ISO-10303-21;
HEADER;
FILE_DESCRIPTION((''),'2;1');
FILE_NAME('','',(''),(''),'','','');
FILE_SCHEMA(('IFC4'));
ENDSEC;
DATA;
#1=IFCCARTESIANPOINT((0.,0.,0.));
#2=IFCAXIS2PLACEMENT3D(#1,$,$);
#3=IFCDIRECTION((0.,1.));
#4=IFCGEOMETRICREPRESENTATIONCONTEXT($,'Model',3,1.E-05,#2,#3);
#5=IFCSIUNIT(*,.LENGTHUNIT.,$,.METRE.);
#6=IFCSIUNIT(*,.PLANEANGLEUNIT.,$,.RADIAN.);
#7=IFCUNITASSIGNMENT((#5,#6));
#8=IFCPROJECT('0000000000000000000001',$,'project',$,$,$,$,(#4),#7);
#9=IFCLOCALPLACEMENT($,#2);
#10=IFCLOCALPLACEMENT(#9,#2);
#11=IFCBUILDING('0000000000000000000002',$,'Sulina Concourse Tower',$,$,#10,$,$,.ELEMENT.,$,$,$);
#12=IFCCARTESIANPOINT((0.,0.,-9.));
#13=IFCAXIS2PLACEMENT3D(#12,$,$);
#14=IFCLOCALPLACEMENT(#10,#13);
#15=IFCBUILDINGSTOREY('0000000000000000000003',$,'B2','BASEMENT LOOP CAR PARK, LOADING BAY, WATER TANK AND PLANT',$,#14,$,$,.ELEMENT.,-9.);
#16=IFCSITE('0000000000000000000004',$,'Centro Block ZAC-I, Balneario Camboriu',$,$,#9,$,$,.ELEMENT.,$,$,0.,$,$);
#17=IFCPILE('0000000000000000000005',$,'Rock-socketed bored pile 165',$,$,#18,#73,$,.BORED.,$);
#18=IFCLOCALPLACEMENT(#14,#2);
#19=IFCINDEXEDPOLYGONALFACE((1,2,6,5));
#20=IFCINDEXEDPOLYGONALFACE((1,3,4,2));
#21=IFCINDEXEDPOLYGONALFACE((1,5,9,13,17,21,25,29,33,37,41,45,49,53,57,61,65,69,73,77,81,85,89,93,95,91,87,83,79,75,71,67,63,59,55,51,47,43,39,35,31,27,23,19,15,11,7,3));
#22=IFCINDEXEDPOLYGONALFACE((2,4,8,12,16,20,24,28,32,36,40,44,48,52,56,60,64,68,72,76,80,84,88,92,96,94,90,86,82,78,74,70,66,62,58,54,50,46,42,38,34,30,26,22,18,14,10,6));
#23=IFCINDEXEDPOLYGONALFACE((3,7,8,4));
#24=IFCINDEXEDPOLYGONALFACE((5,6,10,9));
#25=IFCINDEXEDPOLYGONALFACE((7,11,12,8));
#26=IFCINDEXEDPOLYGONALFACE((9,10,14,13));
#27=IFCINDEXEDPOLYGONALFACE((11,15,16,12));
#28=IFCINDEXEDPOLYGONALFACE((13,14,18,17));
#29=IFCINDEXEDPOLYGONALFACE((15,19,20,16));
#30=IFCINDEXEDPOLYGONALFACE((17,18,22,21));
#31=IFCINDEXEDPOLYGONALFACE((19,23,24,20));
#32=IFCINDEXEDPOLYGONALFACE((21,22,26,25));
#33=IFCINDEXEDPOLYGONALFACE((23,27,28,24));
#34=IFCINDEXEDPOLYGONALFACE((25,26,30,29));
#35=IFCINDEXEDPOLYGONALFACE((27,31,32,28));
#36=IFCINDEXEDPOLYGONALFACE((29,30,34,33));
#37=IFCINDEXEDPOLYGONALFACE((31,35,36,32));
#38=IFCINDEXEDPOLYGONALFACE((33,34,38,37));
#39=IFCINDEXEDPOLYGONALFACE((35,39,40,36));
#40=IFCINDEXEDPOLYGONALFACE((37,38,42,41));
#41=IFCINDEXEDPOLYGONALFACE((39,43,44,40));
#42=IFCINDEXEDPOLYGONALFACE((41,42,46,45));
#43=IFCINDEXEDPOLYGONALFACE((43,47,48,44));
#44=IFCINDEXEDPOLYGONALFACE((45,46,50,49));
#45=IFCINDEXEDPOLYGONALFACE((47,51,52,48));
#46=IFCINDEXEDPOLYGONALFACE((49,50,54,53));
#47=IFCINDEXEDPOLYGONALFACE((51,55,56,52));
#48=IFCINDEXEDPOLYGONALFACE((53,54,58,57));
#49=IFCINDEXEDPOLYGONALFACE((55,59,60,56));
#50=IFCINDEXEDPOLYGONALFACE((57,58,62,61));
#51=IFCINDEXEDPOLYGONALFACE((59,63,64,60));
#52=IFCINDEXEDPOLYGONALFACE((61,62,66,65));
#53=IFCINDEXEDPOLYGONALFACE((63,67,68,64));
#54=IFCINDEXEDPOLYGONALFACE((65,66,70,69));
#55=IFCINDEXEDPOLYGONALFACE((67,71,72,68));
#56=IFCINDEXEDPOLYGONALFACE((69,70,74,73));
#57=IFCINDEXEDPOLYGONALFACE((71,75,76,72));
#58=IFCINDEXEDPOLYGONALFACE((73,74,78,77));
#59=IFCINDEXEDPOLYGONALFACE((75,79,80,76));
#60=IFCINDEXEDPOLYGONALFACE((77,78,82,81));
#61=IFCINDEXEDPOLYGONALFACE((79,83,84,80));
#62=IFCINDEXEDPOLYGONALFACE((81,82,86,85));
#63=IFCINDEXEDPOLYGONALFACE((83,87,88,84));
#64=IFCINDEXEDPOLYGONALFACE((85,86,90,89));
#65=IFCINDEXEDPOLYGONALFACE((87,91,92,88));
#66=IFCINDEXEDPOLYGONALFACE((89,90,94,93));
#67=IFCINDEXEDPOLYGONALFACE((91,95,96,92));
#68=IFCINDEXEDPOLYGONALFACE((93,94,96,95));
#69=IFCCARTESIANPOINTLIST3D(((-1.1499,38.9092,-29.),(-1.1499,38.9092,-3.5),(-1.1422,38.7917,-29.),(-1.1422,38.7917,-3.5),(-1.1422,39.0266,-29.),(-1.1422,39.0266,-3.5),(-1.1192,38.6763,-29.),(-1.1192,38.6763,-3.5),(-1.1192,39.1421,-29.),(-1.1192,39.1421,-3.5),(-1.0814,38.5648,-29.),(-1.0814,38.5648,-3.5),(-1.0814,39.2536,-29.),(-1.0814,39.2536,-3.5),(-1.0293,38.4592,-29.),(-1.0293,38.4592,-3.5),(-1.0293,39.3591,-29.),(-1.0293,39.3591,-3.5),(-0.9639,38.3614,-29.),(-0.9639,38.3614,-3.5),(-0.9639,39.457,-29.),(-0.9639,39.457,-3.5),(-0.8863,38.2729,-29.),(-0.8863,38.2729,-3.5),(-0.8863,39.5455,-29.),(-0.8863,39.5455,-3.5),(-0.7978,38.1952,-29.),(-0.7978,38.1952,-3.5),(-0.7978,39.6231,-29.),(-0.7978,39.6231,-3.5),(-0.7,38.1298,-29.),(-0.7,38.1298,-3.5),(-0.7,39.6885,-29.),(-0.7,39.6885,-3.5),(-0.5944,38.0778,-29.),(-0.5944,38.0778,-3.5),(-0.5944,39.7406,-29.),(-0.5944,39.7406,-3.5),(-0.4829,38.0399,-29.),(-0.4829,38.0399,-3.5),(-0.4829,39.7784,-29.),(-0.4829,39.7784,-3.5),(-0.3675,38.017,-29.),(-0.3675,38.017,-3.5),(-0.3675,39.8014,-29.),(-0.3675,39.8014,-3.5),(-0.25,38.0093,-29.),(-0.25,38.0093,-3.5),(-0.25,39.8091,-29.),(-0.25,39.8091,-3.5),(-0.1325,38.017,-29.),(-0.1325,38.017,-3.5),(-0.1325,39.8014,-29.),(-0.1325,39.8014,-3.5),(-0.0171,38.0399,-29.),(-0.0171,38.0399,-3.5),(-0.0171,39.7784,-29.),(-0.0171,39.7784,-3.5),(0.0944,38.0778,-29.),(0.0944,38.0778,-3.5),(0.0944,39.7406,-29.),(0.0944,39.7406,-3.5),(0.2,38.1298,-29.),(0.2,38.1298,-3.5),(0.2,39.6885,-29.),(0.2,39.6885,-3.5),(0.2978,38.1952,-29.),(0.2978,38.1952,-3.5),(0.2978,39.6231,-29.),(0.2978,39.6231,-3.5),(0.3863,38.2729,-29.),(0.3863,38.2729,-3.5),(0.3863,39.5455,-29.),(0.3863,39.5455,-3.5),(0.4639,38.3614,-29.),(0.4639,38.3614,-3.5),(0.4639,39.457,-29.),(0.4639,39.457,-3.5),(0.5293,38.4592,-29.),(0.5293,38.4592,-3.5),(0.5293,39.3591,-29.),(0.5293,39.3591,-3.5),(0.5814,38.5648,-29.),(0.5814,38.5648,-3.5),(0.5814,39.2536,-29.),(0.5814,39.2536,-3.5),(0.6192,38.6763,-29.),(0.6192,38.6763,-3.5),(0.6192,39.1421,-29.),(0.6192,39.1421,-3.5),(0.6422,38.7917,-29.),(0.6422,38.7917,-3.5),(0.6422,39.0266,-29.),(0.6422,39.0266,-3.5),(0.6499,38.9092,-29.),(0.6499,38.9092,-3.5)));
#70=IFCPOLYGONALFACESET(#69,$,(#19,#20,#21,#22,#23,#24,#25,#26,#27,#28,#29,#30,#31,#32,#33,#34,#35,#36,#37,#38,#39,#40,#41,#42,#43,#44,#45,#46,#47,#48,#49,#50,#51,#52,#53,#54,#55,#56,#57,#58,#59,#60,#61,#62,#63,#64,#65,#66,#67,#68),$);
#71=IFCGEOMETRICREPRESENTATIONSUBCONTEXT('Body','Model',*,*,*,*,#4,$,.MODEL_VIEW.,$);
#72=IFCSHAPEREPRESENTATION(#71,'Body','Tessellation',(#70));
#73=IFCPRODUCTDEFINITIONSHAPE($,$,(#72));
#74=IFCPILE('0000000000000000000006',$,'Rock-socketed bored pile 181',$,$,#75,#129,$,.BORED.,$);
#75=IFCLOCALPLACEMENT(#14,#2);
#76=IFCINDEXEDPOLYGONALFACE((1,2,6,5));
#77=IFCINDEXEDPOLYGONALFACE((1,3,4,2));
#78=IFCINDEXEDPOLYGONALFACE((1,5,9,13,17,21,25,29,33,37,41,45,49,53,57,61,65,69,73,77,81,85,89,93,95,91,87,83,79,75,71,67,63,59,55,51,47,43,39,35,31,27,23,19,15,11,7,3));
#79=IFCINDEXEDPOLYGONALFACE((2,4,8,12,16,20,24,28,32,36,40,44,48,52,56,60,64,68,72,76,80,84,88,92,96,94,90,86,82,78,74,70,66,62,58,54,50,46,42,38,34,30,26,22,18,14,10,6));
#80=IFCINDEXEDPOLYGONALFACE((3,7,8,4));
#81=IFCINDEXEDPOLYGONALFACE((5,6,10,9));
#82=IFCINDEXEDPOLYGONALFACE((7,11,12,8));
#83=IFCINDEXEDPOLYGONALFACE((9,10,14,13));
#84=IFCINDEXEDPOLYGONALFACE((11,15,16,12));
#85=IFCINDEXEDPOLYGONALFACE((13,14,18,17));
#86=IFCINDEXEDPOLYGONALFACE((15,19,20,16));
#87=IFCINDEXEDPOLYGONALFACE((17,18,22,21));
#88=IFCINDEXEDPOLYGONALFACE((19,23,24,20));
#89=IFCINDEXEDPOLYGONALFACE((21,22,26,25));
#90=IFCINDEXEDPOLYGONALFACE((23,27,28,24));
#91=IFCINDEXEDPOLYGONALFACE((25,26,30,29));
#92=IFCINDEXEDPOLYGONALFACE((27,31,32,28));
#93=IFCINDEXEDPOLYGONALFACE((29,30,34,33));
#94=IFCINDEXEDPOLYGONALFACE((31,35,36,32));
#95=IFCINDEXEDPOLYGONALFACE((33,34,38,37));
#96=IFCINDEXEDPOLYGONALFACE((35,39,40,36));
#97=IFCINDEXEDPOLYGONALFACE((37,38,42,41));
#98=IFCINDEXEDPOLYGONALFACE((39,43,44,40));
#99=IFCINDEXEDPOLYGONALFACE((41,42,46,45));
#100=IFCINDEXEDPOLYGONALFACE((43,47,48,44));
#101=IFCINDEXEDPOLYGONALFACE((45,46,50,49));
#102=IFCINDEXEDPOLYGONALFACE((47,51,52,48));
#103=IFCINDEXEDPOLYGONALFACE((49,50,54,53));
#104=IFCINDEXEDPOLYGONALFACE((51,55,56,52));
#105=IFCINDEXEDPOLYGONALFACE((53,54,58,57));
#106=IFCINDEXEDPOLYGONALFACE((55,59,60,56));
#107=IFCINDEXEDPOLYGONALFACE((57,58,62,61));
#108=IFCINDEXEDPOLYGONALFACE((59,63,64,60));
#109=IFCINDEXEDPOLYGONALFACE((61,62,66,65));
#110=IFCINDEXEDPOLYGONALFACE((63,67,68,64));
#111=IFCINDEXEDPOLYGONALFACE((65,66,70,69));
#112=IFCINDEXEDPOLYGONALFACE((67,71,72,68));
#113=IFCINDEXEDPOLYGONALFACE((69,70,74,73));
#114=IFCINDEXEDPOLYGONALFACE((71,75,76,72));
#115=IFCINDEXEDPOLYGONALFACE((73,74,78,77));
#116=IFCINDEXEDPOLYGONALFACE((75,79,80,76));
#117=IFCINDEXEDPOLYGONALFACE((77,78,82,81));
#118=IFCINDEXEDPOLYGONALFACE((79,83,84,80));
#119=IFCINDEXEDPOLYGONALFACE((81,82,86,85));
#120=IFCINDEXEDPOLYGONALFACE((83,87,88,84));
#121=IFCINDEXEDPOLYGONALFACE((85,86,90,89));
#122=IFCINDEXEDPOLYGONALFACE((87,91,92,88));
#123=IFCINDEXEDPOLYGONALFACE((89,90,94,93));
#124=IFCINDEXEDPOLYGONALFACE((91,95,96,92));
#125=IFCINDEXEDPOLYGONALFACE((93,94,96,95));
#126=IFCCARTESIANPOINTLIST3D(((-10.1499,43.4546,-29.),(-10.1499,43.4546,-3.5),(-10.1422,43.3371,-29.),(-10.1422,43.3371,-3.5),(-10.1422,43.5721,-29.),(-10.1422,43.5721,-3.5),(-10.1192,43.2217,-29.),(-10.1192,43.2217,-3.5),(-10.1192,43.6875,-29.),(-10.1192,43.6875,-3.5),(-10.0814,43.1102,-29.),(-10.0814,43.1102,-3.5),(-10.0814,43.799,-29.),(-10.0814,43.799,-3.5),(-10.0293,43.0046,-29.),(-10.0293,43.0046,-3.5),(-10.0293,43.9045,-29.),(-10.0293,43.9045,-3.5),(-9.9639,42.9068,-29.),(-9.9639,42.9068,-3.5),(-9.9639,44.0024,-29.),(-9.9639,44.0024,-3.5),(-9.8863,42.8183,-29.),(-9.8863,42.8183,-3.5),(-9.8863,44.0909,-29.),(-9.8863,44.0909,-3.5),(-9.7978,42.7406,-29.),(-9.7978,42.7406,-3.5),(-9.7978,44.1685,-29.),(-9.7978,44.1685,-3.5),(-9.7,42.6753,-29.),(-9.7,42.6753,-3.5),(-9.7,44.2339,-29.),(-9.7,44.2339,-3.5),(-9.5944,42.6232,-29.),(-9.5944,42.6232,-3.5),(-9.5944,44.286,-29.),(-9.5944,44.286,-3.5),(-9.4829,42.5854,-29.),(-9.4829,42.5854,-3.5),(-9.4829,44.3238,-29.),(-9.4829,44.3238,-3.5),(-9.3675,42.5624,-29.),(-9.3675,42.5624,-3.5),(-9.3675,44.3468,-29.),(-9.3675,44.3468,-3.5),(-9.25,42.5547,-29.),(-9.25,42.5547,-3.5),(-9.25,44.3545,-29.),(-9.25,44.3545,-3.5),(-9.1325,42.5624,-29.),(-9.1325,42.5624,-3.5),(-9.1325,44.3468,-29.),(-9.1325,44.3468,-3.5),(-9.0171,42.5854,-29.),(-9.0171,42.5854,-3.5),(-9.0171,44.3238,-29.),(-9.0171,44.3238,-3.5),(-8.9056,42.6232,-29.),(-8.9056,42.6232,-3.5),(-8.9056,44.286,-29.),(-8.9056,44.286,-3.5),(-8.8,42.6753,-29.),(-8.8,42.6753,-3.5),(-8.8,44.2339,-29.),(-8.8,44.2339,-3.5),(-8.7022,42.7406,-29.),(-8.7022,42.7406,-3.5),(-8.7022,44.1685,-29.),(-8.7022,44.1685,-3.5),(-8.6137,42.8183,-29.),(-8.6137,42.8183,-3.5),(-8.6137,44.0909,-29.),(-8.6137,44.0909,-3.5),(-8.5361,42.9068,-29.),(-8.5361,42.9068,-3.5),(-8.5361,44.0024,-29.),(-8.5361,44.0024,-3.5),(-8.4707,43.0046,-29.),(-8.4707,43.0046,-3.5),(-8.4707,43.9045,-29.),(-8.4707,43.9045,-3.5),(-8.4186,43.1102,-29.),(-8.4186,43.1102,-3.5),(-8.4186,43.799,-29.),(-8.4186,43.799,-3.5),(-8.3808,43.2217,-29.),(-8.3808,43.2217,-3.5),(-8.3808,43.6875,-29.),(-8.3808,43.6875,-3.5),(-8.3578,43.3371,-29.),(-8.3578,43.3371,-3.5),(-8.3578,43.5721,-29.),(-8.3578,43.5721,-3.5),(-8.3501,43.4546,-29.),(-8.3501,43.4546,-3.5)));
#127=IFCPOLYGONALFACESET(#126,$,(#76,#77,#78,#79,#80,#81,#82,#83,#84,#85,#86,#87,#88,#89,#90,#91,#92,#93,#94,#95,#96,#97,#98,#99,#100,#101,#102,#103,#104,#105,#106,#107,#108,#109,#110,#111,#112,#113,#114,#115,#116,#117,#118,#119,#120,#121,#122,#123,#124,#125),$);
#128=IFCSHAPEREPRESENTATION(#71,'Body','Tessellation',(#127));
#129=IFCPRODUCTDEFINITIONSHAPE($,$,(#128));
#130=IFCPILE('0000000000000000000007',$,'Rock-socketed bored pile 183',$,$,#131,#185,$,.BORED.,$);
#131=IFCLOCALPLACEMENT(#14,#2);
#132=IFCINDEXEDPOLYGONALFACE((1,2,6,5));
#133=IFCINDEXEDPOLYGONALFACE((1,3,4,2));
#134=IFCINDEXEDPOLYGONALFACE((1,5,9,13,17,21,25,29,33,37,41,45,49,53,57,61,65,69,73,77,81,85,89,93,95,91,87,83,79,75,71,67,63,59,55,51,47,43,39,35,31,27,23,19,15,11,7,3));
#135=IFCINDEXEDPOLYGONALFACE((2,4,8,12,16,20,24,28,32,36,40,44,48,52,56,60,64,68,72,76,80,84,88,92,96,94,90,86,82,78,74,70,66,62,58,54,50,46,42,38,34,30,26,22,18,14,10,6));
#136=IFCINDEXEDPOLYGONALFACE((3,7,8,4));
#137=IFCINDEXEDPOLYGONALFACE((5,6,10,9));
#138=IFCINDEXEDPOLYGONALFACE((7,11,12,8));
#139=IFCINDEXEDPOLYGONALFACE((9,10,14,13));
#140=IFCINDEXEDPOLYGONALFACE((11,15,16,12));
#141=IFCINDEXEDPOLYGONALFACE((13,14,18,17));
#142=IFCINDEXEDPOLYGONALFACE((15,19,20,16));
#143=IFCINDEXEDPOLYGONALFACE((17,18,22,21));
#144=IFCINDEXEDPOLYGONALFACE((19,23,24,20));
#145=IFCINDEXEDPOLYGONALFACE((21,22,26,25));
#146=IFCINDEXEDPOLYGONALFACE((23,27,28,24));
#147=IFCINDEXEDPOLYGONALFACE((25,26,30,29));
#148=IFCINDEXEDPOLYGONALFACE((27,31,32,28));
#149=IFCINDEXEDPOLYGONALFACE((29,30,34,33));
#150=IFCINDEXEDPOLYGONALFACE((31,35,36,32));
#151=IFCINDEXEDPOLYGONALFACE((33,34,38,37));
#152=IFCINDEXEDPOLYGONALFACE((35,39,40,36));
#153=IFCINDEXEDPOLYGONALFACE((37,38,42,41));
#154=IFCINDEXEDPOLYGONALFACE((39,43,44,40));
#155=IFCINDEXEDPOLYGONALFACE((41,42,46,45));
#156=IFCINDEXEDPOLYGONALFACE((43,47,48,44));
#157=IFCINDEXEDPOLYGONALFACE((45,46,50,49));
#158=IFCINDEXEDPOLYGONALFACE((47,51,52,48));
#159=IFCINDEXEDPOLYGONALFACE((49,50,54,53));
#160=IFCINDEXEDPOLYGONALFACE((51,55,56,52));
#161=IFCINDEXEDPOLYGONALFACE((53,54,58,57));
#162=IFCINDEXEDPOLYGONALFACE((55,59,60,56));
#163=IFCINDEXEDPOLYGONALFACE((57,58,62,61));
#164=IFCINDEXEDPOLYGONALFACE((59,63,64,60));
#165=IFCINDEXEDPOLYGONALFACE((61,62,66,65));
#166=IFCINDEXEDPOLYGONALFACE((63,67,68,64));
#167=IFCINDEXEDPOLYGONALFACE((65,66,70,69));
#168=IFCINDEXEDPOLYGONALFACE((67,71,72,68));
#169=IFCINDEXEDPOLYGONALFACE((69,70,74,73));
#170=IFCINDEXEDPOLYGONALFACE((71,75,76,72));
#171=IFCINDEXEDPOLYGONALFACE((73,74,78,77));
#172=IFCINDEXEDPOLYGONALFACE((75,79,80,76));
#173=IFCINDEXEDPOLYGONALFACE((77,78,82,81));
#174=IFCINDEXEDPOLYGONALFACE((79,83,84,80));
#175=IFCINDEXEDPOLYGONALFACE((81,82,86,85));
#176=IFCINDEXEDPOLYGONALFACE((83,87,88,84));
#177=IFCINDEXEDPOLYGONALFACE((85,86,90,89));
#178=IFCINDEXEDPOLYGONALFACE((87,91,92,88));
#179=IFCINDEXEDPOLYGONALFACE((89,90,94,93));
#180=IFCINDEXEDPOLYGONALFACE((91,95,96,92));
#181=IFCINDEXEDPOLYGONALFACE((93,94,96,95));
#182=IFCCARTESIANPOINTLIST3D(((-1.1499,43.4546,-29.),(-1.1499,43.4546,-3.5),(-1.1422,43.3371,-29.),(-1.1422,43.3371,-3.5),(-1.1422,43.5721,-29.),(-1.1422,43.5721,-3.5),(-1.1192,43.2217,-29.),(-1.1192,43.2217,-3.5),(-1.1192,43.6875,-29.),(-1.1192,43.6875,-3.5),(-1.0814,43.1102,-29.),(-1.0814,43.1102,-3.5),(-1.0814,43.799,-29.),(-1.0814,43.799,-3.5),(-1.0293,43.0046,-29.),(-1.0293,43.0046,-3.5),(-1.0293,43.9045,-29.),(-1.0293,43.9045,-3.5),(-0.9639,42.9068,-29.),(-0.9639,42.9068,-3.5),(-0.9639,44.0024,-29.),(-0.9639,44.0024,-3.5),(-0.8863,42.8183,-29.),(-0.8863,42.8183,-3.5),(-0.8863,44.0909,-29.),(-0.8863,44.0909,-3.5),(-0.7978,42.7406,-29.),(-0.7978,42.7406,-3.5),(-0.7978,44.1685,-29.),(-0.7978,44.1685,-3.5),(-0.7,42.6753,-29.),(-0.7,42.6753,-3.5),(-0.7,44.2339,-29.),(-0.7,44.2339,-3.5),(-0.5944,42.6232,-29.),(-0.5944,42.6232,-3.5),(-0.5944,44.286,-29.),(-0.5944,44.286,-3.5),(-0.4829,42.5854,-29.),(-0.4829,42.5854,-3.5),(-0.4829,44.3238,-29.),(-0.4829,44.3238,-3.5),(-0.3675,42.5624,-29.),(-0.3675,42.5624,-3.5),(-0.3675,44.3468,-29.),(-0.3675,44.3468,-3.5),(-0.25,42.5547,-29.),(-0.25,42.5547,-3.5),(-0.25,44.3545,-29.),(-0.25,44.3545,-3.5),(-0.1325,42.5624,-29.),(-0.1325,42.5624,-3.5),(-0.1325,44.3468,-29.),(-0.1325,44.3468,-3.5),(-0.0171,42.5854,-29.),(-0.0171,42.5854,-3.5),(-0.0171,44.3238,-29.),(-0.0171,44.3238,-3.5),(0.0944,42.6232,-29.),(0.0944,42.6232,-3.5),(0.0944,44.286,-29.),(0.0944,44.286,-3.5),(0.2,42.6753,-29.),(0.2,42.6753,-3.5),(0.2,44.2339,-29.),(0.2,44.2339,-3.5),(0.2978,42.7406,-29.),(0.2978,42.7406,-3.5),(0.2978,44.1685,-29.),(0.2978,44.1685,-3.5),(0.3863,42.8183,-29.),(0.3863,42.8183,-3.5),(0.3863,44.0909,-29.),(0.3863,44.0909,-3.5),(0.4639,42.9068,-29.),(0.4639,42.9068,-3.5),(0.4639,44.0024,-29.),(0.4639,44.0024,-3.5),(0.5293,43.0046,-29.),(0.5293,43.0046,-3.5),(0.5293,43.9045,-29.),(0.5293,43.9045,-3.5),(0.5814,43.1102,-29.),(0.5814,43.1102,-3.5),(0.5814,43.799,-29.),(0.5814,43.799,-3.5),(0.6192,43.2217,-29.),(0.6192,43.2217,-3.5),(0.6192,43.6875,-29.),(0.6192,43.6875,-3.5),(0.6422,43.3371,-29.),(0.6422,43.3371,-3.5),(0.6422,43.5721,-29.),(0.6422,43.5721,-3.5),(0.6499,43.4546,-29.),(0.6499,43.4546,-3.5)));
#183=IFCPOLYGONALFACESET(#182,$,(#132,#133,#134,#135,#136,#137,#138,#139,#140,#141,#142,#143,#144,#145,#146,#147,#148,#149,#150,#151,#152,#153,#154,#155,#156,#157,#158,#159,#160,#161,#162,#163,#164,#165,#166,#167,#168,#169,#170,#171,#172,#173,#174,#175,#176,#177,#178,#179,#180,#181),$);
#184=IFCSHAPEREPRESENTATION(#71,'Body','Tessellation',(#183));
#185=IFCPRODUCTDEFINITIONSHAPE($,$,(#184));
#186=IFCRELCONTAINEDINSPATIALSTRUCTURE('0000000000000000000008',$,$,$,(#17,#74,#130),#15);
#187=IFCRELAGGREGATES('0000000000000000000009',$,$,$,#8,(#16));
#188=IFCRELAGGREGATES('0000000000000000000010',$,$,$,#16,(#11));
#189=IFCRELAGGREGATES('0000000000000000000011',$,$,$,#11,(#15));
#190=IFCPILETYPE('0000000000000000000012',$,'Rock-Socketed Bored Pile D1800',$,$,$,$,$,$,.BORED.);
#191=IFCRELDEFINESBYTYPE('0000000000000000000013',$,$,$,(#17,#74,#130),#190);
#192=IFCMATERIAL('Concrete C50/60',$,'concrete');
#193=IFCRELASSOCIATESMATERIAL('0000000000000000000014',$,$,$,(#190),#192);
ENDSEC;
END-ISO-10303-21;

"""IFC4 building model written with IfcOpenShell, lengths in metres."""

from ifc_helpers import new_model, si_unit, direction, frame, origin, origin_2d, place, context, subcontext, project, spatial, circle, extrude, material, material_profile, profile_set, type_object, element, save


model = new_model("IFC4")

# Units and contexts
model_context = context("Model", 3, precision=1e-05, world=origin(), true_north=direction((0.0, 1.0)))
body_context = subcontext(model_context, "Body", "Model", "MODEL_VIEW")
ifc_project = project(units=[si_unit("LENGTHUNIT", "METRE"), si_unit("PLANEANGLEUNIT", "RADIAN")], contexts=[model_context])

# Site, building, storey
site_placement = place(None, origin())
site = spatial("IfcSite", under=ifc_project, at=site_placement, Name="Centro Block ZAC-I, Balneario Camboriu", CompositionType="ELEMENT", RefElevation=0.0)
building_placement = place(site_placement, origin())
building = spatial("IfcBuilding", under=site, at=building_placement, Name="Sulina Concourse Tower", CompositionType="ELEMENT")
storey_placement = place(building_placement, frame((0.0, 0.0, -9.0)))
storey = spatial("IfcBuildingStorey", under=building, at=storey_placement, Name="B2", Description="BASEMENT LOOP CAR PARK, LOADING BAY, WATER TANK AND PLANT", CompositionType="ELEMENT", Elevation=-9.0)

# Piles
ifc_material_1 = material(Name="Concrete C50/60", Category="concrete")
ifc_material_profile_1 = material_profile(ifc_material_1, circle(Radius=0.8999, at=origin_2d()), Name="PILE D1800")
ifc_profile_set_1 = profile_set([ifc_material_profile_1], Name="Concrete C50/60")
pile_type_1 = type_object("IfcPileType", Name="Rock-Socketed Bored Pile D1800", PredefinedType="BORED", material=ifc_profile_set_1)
for number, where, z_axis, x_axis, name in (
    (1, (-0.25, 38.9092, -3.5), (0.0, 0.0, -1.0), (1.0, 0.0, 0.0), "Rock-socketed bored pile 165"),
    (2, (-9.25, 43.4546, -3.5), (0.0, 0.0, -1.0), (1.0, 0.0, 0.0), "Rock-socketed bored pile 181"),
    (3, (-0.25, 43.4546, -3.5), (0.0, 0.0, -1.0), (1.0, 0.0, 0.0), "Rock-socketed bored pile 183"),
):
    element("IfcPile", number, at=place(storey_placement, frame(where, z_axis=z_axis, x_axis=x_axis)), inside=storey, type_object=pile_type_1, Name=name, PredefinedType="BORED", context=body_context, shape_type="SweptSolid", body=[
        extrude(circle(Radius=0.8999, at=origin_2d()), origin(), (0.0, 0.0, 1.0), 25.5),
    ])

save(model, "model.ifc")
